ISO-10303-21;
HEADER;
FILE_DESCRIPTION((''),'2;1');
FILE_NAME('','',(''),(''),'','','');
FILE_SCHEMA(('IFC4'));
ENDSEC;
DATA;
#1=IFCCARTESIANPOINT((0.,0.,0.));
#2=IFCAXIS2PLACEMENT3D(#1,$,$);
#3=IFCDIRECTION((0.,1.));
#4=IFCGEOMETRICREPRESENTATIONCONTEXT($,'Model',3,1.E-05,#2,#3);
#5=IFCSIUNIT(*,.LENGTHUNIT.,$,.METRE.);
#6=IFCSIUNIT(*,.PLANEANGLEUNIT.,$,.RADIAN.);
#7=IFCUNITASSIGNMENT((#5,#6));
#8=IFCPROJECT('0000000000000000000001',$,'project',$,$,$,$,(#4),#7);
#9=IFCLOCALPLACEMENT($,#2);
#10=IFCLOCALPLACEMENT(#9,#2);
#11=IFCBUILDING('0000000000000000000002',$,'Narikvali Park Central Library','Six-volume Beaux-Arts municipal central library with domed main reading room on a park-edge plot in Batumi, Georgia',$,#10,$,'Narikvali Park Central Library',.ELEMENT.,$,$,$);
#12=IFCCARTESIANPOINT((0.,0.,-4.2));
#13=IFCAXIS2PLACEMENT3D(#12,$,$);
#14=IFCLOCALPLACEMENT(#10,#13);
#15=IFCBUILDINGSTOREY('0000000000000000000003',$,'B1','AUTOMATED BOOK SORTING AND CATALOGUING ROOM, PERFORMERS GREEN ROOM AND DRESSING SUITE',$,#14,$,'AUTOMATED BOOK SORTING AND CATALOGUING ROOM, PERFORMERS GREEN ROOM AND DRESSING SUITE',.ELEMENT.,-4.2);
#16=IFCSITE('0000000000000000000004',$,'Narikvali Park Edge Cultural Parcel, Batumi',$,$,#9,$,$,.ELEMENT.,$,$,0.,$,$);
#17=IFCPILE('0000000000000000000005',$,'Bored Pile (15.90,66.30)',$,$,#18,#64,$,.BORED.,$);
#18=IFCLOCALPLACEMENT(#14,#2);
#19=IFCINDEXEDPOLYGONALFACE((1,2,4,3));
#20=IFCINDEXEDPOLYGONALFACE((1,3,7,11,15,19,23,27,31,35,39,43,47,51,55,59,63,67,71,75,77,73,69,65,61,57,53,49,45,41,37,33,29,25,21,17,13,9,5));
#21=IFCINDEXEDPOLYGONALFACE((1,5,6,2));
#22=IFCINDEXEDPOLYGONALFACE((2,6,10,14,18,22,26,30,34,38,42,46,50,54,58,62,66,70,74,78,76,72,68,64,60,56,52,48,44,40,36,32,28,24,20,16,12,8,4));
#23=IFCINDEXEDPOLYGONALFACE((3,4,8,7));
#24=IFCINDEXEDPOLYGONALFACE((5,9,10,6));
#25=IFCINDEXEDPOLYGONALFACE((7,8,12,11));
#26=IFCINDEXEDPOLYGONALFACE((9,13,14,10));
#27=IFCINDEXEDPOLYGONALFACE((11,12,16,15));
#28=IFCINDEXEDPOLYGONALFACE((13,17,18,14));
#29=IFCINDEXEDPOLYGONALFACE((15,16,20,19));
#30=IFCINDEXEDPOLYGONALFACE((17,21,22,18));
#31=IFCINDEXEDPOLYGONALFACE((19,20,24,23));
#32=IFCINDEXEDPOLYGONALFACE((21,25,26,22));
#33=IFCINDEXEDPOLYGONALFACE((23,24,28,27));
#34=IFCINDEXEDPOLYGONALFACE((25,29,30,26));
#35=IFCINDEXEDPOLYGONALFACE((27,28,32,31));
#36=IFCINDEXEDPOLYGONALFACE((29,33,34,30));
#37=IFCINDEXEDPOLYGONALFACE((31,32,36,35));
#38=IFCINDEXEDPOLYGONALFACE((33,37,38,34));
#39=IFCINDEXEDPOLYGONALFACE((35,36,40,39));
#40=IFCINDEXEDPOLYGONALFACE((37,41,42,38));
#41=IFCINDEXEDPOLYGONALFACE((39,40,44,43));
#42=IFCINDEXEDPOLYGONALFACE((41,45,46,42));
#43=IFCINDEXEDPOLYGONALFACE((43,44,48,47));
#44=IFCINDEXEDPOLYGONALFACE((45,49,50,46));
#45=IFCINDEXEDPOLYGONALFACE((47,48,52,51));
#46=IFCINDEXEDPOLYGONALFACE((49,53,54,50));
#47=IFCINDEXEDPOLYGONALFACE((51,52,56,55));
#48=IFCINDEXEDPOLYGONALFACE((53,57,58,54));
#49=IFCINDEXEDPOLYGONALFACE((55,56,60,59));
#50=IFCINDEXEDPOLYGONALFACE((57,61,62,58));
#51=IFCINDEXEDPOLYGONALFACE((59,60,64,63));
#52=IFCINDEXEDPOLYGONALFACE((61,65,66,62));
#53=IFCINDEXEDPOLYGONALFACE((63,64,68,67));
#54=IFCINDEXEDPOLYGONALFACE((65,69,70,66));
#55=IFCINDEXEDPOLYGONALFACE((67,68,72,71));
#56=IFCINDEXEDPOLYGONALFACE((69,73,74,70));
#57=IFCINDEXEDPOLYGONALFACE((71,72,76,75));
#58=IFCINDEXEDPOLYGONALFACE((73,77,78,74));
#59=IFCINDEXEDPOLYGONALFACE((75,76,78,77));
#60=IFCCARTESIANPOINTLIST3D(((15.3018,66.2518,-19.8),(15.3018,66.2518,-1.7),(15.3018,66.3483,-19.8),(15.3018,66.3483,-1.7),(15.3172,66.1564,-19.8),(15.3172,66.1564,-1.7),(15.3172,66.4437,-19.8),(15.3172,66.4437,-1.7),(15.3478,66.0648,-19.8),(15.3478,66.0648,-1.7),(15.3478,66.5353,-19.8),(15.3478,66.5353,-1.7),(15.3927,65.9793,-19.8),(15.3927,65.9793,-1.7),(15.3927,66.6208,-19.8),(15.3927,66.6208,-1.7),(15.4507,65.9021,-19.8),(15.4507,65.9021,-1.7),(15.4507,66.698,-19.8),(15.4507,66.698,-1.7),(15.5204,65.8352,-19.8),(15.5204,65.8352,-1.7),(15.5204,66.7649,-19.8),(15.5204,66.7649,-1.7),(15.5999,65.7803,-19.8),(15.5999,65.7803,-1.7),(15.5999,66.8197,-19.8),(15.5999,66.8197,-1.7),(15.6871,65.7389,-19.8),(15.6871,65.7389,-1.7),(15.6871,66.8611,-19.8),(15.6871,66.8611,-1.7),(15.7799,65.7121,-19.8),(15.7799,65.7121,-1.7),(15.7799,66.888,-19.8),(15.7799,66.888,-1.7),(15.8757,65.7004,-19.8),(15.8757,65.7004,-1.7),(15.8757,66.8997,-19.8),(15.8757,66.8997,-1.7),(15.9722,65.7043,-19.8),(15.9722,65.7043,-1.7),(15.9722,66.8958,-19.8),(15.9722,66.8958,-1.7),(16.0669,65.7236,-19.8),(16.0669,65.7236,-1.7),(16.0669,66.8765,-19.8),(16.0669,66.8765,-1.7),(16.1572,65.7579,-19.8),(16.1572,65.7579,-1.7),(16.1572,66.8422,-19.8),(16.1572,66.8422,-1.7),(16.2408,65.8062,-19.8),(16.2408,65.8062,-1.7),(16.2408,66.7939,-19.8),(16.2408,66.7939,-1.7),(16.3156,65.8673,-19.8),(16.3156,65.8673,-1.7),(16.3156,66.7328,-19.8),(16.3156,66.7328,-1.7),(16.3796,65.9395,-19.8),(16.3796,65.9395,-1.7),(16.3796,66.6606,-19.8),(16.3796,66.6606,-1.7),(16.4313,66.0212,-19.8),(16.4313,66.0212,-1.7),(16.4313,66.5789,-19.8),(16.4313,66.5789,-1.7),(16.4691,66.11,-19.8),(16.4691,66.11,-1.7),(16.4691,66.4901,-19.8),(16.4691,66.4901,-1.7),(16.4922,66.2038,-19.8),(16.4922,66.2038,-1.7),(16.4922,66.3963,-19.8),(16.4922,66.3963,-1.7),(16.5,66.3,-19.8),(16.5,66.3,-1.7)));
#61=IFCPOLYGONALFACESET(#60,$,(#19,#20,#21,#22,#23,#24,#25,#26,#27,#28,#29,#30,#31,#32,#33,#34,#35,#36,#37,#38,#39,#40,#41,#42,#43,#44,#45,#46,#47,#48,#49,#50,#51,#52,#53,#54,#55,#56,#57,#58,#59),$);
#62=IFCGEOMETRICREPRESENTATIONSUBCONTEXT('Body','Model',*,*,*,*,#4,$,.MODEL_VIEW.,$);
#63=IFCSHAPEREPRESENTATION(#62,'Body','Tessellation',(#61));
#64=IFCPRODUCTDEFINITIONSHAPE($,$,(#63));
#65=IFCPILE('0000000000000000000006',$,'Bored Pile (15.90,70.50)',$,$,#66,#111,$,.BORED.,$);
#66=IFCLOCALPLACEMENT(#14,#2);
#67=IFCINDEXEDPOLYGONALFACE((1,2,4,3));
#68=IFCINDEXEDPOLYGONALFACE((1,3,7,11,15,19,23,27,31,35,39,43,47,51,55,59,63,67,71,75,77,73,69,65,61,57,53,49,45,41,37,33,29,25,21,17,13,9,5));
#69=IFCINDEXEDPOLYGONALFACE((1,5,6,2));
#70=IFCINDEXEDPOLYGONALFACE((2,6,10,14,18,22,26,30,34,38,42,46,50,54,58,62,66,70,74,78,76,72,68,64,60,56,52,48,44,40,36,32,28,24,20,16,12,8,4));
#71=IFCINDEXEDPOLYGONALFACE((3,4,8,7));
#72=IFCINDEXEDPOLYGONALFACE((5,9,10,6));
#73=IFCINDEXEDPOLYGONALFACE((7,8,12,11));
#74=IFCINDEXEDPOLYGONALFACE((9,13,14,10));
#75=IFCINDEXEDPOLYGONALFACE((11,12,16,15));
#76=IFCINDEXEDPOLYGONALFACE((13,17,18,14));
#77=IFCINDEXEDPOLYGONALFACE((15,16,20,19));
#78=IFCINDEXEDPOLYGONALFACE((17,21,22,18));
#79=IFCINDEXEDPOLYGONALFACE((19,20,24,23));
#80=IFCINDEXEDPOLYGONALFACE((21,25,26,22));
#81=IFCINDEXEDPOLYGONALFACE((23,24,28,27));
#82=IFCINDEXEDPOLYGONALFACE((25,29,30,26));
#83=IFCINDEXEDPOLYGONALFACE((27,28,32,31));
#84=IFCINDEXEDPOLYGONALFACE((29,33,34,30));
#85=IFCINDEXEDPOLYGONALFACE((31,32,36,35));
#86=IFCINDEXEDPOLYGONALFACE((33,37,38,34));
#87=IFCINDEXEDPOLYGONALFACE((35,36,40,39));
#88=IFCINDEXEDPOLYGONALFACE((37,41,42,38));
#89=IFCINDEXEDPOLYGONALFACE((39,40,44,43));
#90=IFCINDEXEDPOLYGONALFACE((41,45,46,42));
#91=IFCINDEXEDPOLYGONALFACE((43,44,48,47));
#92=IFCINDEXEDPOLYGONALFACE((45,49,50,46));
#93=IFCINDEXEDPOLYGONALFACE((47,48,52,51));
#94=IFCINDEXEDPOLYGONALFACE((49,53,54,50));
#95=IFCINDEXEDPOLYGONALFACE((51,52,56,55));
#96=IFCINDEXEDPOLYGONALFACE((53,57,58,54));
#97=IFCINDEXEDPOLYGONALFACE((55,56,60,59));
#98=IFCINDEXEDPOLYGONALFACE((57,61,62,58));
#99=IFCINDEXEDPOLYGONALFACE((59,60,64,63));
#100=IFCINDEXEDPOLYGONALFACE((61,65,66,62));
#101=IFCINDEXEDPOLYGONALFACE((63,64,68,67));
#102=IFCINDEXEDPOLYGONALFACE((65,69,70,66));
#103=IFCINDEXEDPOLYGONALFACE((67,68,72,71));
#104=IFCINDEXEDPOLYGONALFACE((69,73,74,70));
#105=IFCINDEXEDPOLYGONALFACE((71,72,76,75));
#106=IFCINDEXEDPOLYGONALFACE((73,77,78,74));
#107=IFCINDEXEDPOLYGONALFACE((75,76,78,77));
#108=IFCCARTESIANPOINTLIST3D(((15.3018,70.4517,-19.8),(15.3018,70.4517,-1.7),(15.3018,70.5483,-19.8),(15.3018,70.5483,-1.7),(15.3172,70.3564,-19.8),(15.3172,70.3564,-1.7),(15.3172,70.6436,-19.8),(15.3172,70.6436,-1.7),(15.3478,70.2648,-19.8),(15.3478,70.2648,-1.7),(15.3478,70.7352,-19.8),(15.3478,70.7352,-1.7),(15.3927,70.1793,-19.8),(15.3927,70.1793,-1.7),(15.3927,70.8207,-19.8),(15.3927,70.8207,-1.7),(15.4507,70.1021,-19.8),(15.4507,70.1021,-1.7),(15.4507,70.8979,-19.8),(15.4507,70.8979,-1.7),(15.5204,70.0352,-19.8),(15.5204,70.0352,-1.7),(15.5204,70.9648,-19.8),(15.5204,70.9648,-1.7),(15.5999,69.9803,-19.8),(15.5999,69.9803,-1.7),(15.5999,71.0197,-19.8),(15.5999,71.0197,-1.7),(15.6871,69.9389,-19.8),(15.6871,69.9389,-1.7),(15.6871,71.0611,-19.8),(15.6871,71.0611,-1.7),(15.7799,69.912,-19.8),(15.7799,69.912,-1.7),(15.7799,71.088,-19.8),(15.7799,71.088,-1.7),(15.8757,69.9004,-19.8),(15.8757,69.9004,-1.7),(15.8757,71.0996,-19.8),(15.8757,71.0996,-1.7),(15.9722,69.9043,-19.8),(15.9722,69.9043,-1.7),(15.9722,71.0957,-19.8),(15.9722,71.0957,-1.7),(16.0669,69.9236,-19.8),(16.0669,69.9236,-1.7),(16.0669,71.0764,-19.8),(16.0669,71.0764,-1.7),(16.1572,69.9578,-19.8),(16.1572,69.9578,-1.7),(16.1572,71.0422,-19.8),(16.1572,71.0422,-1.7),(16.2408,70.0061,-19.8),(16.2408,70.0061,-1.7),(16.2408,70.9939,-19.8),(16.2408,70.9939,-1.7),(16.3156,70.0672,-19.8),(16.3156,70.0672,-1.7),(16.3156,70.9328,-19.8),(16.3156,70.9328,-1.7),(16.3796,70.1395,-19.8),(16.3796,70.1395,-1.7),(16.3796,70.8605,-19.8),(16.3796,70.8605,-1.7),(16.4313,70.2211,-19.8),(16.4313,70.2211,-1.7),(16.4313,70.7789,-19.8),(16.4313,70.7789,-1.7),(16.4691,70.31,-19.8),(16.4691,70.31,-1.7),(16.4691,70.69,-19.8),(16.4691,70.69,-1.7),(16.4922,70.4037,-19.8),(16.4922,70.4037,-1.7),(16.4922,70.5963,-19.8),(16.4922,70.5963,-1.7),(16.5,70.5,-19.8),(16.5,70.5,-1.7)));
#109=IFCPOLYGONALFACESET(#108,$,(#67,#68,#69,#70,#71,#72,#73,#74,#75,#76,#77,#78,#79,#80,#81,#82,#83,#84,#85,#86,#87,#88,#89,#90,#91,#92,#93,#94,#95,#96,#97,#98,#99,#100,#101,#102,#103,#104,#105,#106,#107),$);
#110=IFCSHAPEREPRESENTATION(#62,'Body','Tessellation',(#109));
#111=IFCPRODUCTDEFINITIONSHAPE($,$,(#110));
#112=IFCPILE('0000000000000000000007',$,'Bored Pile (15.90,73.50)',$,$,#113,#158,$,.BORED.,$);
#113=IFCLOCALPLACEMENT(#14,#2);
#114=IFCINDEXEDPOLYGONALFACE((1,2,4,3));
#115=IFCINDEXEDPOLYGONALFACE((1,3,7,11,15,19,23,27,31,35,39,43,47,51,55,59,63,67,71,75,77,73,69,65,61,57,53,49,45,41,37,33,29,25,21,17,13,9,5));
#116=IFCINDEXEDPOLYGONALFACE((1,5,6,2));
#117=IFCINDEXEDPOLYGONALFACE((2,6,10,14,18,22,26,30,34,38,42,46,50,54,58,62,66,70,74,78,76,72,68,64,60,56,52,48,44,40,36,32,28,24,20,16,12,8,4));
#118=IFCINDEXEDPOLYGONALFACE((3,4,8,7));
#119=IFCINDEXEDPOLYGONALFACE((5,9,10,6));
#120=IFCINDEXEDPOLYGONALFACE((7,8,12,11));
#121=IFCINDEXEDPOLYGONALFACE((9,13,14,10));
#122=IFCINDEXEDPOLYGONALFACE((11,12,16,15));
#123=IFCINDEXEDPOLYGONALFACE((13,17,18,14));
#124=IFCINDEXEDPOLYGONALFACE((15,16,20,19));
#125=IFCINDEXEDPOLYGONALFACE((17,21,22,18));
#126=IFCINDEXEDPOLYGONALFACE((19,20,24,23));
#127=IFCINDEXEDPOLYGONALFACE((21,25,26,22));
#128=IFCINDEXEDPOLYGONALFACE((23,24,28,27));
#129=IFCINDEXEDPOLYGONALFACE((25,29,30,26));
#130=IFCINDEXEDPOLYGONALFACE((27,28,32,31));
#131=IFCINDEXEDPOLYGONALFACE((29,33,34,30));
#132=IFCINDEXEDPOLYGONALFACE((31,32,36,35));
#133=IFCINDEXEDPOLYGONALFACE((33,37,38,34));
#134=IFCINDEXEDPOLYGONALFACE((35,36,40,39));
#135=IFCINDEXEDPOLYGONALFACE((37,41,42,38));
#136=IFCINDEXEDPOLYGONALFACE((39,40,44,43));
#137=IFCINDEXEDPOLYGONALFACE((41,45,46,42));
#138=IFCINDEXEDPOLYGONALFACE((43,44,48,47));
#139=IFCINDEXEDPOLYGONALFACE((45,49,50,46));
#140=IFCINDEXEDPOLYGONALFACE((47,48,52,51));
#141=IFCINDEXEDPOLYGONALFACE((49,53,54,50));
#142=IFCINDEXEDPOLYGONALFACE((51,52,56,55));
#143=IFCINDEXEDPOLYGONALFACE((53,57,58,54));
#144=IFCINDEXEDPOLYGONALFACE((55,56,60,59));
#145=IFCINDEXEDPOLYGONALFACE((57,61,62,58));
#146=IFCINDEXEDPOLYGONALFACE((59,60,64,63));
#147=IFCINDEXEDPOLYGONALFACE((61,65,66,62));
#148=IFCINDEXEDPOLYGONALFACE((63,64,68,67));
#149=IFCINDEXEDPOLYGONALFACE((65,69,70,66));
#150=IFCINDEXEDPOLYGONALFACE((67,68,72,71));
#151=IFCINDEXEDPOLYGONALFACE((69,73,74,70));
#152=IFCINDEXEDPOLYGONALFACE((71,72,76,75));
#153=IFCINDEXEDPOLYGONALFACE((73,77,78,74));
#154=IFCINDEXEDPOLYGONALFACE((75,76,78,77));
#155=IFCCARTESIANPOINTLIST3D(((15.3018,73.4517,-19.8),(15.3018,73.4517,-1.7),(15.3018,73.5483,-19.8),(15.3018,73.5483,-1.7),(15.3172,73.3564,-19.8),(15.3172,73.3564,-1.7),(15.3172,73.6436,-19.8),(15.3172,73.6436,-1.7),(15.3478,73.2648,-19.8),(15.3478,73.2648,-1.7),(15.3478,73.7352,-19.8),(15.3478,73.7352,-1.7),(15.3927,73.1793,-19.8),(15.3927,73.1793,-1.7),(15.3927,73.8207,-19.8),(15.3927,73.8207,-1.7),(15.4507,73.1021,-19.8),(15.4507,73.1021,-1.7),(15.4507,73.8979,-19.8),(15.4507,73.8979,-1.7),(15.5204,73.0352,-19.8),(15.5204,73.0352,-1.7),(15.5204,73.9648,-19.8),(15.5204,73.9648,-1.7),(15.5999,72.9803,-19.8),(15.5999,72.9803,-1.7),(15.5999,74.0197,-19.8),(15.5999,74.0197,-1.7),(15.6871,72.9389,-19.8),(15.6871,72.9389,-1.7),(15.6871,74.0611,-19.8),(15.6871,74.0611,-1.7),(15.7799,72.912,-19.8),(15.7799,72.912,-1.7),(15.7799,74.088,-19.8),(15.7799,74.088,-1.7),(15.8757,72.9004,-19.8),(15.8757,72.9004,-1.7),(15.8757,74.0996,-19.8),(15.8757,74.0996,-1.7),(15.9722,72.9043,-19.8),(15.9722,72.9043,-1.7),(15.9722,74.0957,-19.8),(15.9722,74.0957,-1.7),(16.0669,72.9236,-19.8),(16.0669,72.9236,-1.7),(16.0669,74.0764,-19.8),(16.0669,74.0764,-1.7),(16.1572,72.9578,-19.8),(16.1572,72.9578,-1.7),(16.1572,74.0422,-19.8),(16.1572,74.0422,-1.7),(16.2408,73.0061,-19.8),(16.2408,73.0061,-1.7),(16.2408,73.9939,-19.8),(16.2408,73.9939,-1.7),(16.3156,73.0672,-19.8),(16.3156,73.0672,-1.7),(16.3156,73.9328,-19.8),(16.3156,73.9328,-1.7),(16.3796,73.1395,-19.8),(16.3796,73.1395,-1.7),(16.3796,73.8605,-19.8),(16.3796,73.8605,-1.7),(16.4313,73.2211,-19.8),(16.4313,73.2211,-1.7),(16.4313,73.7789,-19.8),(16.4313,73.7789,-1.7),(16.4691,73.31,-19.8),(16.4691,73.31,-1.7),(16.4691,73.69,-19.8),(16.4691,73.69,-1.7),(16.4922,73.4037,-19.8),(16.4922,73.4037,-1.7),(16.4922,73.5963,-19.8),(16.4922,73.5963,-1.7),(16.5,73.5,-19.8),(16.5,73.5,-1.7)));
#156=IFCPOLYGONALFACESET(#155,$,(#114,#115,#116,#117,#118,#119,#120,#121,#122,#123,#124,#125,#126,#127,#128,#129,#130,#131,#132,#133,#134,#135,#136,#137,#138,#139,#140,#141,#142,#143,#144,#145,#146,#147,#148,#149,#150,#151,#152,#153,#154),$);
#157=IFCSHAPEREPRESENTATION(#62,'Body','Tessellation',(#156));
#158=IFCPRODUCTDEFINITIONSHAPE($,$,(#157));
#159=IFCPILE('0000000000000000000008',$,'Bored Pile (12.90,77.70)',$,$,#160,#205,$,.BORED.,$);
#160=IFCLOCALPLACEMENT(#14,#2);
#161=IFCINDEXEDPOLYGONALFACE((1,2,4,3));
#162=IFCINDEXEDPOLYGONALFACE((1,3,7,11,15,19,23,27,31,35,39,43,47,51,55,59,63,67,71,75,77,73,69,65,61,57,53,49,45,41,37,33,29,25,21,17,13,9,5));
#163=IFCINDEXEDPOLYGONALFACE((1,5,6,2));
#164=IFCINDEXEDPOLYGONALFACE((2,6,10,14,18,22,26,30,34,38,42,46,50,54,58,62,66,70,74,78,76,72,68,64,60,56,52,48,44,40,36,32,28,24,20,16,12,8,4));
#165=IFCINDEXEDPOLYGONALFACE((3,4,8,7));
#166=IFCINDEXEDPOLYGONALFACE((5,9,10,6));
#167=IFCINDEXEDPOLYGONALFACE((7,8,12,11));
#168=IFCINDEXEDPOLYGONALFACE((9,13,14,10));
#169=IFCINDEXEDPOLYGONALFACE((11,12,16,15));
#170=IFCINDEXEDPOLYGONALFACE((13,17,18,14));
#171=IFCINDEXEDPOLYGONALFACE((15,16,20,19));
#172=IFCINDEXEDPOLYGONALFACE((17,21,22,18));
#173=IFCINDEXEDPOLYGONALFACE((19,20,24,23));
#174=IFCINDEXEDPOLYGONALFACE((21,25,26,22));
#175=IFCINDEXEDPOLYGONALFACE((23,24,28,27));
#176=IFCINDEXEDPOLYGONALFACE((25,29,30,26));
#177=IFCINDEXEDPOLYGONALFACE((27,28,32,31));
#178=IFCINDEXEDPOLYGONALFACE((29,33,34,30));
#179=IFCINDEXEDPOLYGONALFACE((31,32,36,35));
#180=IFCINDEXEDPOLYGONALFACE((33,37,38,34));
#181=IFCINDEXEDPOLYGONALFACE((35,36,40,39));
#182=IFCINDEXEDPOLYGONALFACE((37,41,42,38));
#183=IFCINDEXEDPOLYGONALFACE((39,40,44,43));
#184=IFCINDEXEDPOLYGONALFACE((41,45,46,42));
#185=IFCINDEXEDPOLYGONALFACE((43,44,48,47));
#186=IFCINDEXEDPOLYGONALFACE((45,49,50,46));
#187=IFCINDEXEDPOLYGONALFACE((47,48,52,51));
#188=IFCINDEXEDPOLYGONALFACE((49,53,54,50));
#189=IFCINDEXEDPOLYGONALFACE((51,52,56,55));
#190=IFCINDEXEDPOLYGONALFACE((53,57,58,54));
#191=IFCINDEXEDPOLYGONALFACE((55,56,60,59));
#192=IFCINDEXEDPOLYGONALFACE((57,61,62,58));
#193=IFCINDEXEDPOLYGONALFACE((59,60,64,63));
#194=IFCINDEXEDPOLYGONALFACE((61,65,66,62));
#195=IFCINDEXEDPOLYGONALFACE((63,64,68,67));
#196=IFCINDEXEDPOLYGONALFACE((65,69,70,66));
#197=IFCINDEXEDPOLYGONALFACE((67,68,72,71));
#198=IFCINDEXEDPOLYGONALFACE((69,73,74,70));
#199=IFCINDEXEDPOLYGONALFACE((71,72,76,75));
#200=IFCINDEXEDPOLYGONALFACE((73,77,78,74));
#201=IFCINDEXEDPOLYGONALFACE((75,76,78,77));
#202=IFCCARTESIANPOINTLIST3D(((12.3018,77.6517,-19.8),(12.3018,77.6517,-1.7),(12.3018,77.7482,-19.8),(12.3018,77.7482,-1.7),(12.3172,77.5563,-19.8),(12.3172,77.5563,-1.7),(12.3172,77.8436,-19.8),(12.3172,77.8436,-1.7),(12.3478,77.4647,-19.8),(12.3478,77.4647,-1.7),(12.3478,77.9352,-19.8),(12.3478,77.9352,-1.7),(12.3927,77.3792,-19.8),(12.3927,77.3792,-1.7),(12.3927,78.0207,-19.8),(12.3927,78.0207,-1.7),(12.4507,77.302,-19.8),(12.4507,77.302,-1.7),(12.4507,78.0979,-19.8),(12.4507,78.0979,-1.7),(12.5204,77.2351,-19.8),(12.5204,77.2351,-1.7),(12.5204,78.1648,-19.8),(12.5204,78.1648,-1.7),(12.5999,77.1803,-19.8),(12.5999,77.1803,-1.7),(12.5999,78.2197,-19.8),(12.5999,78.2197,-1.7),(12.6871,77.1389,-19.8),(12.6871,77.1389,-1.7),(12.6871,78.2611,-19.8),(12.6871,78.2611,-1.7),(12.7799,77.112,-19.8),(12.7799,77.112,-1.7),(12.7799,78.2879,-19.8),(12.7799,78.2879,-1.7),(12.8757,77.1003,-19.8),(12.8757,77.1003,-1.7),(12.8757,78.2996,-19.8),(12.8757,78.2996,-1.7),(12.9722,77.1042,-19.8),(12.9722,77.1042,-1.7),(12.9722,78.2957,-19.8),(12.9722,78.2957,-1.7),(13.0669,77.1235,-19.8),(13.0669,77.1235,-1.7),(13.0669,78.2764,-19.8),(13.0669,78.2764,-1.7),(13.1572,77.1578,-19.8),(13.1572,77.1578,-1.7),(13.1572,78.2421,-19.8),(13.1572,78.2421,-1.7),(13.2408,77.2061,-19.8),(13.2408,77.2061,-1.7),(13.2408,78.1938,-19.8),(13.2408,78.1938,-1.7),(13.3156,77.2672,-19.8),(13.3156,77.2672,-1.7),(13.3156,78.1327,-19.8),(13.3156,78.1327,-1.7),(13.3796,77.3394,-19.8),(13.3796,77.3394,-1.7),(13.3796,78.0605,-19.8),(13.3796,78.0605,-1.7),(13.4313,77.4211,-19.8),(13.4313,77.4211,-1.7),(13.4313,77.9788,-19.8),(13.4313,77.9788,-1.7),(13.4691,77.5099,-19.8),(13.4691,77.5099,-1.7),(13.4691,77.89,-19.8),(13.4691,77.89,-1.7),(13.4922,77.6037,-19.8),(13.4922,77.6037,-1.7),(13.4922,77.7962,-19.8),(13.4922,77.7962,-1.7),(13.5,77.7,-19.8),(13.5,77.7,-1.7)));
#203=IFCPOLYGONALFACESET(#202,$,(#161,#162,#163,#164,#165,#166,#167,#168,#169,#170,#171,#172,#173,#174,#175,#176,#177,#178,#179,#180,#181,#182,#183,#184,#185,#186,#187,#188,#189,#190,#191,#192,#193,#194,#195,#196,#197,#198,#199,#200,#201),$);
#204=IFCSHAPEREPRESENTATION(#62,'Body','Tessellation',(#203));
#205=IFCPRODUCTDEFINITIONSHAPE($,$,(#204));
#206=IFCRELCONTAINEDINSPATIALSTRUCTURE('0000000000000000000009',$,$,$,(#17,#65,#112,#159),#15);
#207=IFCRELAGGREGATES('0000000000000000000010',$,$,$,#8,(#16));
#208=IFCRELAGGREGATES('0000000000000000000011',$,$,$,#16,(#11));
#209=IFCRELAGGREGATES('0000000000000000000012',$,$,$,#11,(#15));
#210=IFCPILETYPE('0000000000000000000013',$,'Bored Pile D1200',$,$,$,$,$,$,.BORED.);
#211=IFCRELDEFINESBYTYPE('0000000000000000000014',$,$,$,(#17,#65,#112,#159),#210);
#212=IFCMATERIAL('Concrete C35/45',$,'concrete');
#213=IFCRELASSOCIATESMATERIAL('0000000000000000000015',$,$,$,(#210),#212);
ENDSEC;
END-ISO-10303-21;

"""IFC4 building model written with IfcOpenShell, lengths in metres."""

from ifc_helpers import new_model, si_unit, direction, frame, origin, origin_2d, place, context, subcontext, project, spatial, circle, extrude, material, material_profile, profile_set, type_object, element, save


model = new_model("IFC4")

# Units and contexts
model_context = context("Model", 3, precision=1e-05, world=origin(), true_north=direction((0.0, 1.0)))
body_context = subcontext(model_context, "Body", "Model", "MODEL_VIEW")
ifc_project = project(units=[si_unit("LENGTHUNIT", "METRE"), si_unit("PLANEANGLEUNIT", "RADIAN")], contexts=[model_context])

# Site, building, storey
site_placement = place(None, origin())
site = spatial("IfcSite", under=ifc_project, at=site_placement, Name="Narikvali Park Edge Cultural Parcel, Batumi", CompositionType="ELEMENT", RefElevation=0.0)
building_placement = place(site_placement, origin())
building = spatial("IfcBuilding", under=site, at=building_placement, Name="Narikvali Park Central Library", Description="Six-volume Beaux-Arts municipal central library with domed main reading room on a park-edge plot in Batumi, Georgia", LongName="Narikvali Park Central Library", CompositionType="ELEMENT")
storey_placement = place(building_placement, frame((0.0, 0.0, -4.2)))
storey = spatial("IfcBuildingStorey", under=building, at=storey_placement, Name="B1", Description="AUTOMATED BOOK SORTING AND CATALOGUING ROOM, PERFORMERS GREEN ROOM AND DRESSING SUITE", LongName="AUTOMATED BOOK SORTING AND CATALOGUING ROOM, PERFORMERS GREEN ROOM AND DRESSING SUITE", CompositionType="ELEMENT", Elevation=-4.2)

# Piles
ifc_material_1 = material(Name="Concrete C35/45", Category="concrete")
ifc_material_profile_1 = material_profile(ifc_material_1, circle(Radius=0.6001, at=origin_2d()), Name="PILE D1200")
ifc_profile_set_1 = profile_set([ifc_material_profile_1], Name="Concrete C35/45")
pile_type_1 = type_object("IfcPileType", Name="Bored Pile D1200", PredefinedType="BORED", material=ifc_profile_set_1)
for number, where, z_axis, x_axis, name in (
    (1, (15.8999, 66.3, -1.7), (0.0, 0.0, -1.0), (1.0, 0.0, 0.0), "Bored Pile (15.90,66.30)"),
    (2, (15.8999, 70.5, -1.7), (0.0, 0.0, -1.0), (1.0, 0.0, 0.0), "Bored Pile (15.90,70.50)"),
    (3, (15.8999, 73.5, -1.7), (0.0, 0.0, -1.0), (1.0, 0.0, 0.0), "Bored Pile (15.90,73.50)"),
    (4, (12.8999, 77.7, -1.7), (0.0, 0.0, -1.0), (1.0, 0.0, 0.0), "Bored Pile (12.90,77.70)"),
):
    element("IfcPile", number, at=place(storey_placement, frame(where, z_axis=z_axis, x_axis=x_axis)), inside=storey, type_object=pile_type_1, Name=name, PredefinedType="BORED", context=body_context, shape_type="SweptSolid", body=[
        extrude(circle(Radius=0.6001, at=origin_2d()), origin(), (0.0, 0.0, 1.0), 18.1001),
    ])

save(model, "model.ifc")
